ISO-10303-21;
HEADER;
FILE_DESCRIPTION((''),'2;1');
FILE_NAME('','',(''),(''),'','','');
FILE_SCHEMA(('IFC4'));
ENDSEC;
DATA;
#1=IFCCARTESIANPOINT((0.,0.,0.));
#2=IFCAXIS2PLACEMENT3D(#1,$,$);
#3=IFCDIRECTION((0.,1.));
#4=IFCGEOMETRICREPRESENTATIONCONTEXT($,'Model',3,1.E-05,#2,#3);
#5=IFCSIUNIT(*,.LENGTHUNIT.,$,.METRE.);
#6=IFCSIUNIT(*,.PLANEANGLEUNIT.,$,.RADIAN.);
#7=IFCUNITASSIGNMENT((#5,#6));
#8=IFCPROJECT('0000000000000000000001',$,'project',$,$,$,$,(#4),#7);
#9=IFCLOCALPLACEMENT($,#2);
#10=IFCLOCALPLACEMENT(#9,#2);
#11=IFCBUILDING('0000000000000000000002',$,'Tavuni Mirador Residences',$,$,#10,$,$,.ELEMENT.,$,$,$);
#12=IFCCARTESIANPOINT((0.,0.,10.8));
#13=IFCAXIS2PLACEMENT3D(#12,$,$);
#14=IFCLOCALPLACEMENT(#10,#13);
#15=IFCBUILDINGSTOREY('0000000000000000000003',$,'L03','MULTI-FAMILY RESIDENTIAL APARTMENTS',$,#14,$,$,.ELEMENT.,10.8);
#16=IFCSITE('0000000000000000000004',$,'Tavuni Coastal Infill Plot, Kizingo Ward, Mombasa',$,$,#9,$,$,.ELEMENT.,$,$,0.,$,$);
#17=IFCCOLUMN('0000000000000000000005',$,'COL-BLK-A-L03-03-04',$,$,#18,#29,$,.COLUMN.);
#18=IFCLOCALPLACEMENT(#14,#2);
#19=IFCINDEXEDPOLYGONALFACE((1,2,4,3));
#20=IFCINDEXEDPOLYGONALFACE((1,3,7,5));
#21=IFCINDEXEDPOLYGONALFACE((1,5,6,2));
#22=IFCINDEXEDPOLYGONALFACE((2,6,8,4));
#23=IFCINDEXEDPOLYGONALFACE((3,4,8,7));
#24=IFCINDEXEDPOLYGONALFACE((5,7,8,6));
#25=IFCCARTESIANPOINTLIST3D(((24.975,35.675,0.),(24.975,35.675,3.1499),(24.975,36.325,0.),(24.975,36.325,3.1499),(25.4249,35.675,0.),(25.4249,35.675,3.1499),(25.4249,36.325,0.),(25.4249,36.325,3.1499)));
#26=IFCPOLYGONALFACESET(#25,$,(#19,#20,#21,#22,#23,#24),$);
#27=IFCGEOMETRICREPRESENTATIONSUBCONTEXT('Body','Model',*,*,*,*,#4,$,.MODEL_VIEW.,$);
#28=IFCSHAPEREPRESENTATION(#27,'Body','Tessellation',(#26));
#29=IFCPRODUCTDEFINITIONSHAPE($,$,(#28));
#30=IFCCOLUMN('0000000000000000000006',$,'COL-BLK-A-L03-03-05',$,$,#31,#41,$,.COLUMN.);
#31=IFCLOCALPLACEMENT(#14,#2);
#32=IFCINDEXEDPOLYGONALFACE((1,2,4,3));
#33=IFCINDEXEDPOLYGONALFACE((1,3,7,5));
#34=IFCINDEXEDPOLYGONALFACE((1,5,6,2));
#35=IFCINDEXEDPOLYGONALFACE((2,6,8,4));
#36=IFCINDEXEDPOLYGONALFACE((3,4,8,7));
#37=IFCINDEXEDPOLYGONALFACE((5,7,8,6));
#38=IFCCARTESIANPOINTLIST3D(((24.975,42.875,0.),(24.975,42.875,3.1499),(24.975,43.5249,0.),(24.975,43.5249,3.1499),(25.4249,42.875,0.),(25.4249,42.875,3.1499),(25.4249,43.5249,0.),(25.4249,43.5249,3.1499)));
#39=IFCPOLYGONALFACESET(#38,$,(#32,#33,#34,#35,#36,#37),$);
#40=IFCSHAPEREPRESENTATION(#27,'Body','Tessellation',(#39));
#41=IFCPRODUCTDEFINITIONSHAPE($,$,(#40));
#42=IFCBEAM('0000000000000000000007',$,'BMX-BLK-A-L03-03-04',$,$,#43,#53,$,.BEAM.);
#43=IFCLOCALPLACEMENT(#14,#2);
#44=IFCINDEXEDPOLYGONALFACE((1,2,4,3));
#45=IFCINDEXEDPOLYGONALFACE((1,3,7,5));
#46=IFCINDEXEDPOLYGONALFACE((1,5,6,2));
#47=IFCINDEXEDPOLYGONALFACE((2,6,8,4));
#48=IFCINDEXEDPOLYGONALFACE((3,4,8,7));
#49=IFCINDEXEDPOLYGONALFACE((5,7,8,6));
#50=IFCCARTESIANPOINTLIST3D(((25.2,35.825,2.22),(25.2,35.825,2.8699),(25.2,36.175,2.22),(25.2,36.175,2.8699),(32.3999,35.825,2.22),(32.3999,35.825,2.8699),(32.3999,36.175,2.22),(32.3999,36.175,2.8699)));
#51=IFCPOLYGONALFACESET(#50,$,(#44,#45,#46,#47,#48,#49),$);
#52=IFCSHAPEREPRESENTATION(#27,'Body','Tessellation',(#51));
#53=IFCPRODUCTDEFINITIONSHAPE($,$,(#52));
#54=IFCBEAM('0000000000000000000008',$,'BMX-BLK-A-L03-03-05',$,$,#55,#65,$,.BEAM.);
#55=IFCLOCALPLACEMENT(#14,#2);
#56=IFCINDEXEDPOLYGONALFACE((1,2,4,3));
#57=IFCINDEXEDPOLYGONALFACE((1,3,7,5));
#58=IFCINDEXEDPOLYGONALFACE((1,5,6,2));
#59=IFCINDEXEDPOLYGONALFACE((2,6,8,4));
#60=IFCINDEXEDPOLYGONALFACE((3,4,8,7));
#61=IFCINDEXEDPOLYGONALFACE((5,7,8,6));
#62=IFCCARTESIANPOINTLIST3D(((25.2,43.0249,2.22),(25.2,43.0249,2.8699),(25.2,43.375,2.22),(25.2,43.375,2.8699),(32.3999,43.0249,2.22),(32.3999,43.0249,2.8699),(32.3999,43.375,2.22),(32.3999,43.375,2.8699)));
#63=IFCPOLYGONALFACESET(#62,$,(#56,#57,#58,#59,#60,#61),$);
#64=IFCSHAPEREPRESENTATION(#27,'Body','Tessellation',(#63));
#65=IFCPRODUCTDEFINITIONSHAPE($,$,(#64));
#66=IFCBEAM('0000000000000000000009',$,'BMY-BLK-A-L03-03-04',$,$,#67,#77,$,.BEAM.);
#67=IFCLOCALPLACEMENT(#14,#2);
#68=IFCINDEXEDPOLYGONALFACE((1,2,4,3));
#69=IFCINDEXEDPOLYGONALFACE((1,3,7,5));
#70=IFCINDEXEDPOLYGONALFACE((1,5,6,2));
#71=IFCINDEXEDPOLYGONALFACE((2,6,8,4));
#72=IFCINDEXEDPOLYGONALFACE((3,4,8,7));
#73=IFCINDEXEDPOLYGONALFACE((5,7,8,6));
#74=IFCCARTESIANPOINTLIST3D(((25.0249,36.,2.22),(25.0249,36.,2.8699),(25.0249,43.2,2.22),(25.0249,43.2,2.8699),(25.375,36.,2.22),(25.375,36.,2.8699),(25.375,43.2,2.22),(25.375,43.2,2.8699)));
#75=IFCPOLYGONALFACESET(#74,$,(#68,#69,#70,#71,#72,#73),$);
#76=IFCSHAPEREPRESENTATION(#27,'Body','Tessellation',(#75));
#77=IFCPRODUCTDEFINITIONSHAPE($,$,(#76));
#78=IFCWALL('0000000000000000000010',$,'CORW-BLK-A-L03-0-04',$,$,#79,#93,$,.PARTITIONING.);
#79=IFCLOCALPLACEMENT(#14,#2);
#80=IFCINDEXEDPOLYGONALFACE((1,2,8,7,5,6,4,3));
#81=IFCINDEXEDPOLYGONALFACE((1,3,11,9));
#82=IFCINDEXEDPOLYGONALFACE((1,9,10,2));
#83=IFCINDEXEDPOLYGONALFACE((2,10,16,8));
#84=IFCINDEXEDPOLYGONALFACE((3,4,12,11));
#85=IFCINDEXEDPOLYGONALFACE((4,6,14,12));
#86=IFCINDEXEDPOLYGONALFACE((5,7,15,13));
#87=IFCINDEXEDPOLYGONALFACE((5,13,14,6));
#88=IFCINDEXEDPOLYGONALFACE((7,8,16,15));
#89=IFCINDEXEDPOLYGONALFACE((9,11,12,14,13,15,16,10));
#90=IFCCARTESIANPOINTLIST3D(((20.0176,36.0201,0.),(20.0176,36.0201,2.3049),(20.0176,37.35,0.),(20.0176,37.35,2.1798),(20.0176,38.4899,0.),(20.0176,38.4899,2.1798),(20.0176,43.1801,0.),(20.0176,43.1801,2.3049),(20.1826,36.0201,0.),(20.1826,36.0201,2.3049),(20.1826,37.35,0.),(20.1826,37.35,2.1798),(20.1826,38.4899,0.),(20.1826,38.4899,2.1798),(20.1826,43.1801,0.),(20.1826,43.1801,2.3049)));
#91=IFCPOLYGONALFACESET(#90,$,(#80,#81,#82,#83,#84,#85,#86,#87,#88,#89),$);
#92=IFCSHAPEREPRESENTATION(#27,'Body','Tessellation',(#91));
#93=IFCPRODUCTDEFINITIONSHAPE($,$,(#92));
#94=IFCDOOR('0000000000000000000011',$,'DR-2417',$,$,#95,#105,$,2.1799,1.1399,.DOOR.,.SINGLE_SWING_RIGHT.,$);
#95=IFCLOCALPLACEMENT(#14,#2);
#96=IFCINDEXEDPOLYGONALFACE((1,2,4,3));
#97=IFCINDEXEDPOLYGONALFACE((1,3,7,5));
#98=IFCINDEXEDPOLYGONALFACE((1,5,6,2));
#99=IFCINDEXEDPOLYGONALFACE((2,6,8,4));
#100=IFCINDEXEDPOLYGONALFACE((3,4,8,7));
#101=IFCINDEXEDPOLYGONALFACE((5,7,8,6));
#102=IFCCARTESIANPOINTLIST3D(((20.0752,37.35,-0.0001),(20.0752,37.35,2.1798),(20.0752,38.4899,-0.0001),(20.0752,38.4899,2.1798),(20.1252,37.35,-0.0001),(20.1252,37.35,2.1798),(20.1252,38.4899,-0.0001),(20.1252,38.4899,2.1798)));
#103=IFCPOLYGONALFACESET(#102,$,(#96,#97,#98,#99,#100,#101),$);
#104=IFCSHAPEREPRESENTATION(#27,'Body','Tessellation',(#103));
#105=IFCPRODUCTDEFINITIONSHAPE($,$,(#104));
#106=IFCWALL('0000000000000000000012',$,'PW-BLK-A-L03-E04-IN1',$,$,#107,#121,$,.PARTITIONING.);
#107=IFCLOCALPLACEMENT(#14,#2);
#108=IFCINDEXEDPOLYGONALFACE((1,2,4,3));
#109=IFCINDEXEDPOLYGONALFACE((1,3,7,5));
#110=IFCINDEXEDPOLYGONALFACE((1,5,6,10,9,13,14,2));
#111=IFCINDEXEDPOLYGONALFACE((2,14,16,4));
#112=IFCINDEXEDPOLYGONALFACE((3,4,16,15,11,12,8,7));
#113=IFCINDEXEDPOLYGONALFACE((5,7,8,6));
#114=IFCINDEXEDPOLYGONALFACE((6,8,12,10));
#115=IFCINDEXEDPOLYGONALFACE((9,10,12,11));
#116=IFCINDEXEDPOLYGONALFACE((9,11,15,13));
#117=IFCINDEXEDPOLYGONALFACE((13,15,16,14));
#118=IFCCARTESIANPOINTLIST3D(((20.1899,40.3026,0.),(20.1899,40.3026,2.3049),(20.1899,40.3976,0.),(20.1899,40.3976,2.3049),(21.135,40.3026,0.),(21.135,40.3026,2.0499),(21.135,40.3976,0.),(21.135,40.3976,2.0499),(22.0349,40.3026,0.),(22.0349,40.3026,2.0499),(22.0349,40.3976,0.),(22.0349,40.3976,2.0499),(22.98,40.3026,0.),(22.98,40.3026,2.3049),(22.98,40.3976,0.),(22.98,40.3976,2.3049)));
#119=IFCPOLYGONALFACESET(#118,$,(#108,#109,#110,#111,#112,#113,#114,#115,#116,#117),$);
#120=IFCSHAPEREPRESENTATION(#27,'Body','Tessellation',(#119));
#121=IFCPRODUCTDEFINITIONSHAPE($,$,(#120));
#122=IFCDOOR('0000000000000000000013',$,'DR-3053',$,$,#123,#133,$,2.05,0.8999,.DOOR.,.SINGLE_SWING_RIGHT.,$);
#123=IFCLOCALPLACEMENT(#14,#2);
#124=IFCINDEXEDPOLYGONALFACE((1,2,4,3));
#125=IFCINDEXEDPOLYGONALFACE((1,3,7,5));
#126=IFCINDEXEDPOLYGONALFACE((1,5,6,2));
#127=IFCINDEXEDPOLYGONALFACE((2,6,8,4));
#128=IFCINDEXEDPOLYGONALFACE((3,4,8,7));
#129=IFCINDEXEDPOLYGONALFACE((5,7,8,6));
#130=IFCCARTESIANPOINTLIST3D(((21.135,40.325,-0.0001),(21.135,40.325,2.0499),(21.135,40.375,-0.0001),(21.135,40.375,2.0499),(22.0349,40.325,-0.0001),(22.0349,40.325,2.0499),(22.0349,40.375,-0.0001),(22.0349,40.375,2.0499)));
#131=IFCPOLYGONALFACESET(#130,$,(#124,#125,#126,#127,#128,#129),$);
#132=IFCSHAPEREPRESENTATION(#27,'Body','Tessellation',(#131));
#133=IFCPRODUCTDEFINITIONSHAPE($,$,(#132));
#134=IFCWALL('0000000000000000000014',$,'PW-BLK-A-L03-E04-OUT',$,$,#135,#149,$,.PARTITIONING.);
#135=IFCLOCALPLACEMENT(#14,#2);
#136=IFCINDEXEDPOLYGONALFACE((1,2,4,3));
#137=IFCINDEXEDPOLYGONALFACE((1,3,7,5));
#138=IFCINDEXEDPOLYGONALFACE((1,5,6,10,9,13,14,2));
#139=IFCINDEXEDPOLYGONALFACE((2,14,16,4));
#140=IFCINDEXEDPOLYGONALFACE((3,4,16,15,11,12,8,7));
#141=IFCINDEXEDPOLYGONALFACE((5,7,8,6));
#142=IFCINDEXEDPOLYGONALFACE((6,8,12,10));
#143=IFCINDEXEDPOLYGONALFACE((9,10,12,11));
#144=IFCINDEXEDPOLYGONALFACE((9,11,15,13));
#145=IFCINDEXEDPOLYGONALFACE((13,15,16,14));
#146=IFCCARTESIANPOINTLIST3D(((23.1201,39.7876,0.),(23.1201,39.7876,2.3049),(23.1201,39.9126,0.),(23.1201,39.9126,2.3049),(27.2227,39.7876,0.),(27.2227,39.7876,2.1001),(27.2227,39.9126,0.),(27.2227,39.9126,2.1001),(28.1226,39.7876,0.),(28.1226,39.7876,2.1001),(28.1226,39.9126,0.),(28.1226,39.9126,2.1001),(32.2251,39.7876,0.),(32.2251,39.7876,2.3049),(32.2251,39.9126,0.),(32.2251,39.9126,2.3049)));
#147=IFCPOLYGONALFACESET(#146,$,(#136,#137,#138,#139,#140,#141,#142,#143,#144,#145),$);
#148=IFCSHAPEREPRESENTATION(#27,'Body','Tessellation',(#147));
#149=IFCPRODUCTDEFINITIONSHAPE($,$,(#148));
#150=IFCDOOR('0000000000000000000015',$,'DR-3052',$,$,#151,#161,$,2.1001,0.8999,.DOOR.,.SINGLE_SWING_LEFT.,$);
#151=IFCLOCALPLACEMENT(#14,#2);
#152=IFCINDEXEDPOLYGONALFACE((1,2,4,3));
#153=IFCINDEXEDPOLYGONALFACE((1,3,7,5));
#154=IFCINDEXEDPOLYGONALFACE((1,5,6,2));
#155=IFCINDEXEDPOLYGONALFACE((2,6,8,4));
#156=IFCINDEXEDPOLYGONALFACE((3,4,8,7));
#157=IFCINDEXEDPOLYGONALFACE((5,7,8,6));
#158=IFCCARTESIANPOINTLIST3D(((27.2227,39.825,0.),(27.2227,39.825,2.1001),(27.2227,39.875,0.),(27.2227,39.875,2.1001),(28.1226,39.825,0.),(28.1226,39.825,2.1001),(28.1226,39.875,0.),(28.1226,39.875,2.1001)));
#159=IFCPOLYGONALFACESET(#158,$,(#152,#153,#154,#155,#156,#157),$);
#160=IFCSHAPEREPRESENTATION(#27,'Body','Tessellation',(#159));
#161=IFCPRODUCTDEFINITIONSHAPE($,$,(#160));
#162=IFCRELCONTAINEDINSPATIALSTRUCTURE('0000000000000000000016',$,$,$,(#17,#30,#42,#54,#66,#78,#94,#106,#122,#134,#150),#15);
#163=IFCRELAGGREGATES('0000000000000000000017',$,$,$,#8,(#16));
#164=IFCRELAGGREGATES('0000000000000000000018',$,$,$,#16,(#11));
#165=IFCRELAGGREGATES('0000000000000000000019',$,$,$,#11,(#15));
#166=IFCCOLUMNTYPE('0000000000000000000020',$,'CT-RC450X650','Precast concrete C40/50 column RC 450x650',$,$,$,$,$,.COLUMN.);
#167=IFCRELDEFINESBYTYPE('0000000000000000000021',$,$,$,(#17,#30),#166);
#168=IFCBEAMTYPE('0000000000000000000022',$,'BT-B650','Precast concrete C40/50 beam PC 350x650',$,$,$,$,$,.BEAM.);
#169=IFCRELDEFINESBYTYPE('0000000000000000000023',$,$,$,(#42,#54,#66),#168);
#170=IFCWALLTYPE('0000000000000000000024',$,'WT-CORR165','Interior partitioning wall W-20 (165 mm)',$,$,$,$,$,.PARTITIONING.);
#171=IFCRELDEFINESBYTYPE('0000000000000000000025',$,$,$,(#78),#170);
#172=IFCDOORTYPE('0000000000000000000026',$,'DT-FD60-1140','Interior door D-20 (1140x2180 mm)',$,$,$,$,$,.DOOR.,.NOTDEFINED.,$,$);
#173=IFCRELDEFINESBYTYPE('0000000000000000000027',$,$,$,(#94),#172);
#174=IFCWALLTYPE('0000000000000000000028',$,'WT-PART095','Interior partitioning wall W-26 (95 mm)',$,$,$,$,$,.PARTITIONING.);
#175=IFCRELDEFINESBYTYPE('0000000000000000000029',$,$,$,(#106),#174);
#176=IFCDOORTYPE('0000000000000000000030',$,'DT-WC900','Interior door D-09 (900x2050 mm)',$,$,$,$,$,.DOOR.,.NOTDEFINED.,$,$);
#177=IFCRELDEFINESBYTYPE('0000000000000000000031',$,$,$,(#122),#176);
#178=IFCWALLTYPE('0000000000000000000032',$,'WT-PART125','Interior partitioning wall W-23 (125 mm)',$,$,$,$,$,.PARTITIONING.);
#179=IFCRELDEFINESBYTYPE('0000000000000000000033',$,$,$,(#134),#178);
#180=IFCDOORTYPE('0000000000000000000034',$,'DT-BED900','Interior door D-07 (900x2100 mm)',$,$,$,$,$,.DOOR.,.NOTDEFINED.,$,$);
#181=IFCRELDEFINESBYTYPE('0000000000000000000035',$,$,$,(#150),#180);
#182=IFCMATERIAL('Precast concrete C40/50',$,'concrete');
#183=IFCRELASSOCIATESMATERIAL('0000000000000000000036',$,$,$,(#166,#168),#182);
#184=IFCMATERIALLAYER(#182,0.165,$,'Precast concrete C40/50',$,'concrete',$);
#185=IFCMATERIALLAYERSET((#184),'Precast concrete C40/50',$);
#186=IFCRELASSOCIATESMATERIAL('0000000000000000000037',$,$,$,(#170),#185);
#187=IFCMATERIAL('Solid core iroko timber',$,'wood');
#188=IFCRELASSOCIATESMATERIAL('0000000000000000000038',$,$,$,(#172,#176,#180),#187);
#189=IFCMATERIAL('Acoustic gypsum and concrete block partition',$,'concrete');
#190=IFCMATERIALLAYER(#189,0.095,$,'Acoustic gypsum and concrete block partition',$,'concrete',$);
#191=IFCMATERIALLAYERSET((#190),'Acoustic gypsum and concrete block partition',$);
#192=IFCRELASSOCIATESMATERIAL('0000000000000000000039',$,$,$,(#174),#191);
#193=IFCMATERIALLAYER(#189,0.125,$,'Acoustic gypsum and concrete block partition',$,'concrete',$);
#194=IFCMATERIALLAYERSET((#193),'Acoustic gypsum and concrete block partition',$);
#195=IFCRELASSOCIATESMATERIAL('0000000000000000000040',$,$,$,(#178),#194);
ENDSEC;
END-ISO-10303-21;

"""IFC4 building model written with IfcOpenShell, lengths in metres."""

from ifc_helpers import new_model, si_unit, direction, frame, frame_2d, origin, origin_2d, place, context, subcontext, project, spatial, rectangle, extrude, material, layer, layer_set, material_profile, profile_set, type_object, element, fill, save


model = new_model("IFC4")

# Units and contexts
model_context = context("Model", 3, precision=1e-05, world=origin(), true_north=direction((0.0, 1.0)))
body_context = subcontext(model_context, "Body", "Model", "MODEL_VIEW")
ifc_project = project(units=[si_unit("LENGTHUNIT", "METRE"), si_unit("PLANEANGLEUNIT", "RADIAN")], contexts=[model_context])

# Site, building, storey
site_placement = place(None, origin())
site = spatial("IfcSite", under=ifc_project, at=site_placement, Name="Tavuni Coastal Infill Plot, Kizingo Ward, Mombasa", CompositionType="ELEMENT", RefElevation=0.0)
building_placement = place(site_placement, origin())
building = spatial("IfcBuilding", under=site, at=building_placement, Name="Tavuni Mirador Residences", CompositionType="ELEMENT")
storey_placement = place(building_placement, frame((0.0, 0.0, 10.8)))
storey = spatial("IfcBuildingStorey", under=building, at=storey_placement, Name="L03", Description="MULTI-FAMILY RESIDENTIAL APARTMENTS", CompositionType="ELEMENT", Elevation=10.8)

# Columns
ifc_material_1 = material(Name="Precast concrete C40/50", Category="concrete")
ifc_material_profile_1 = material_profile(ifc_material_1, rectangle(XDim=0.45, YDim=0.6499, at=origin_2d()), Name="RC 450x650", Category="concrete")
ifc_profile_set_1 = profile_set([ifc_material_profile_1], Name="Precast concrete C40/50")
column_type = type_object("IfcColumnType", Name="CT-RC450X650", Description="Precast concrete C40/50 column RC 450x650", PredefinedType="COLUMN", material=ifc_profile_set_1)
for number, where, z_axis, x_axis, name in (
    (1, (25.2, 36.0, 0.0), (0.0, 0.0, 1.0), (1.0, 0.0, 0.0), "COL-BLK-A-L03-03-04"),
    (2, (25.2, 43.2, 0.0), (0.0, 0.0, 1.0), (1.0, 0.0, 0.0), "COL-BLK-A-L03-03-05"),
):
    element("IfcColumn", number, at=place(storey_placement, frame(where, z_axis=z_axis, x_axis=x_axis)), inside=storey, type_object=column_type, Name=name, PredefinedType="COLUMN", context=body_context, shape_type="SweptSolid", body=[
        extrude(rectangle(XDim=0.45, YDim=0.6499, at=origin_2d()), origin(), (0.0, 0.0, 1.0), 3.1499),
    ])

# Beams
ifc_material_profile_2 = material_profile(ifc_material_1, rectangle(XDim=0.3501, YDim=0.6499, at=origin_2d()), Name="PC 350x650", Category="concrete")
ifc_profile_set_2 = profile_set([ifc_material_profile_2], Name="Precast concrete C40/50")
beam_type = type_object("IfcBeamType", Name="BT-B650", Description="Precast concrete C40/50 beam PC 350x650", PredefinedType="BEAM", material=ifc_profile_set_2)
for number, where, z_axis, x_axis, name in (
    (3, (25.2, 36.0, 2.5449), (1.0, 0.0, 0.0), (0.0, 1.0, 0.0), "BMX-BLK-A-L03-03-04"),
    (4, (25.2, 43.2, 2.5449), (1.0, 0.0, 0.0), (0.0, 1.0, 0.0), "BMX-BLK-A-L03-03-05"),
    (5, (25.2, 36.0, 2.5449), (0.0, 1.0, 0.0), (-1.0, 0.0, 0.0), "BMY-BLK-A-L03-03-04"),
):
    element("IfcBeam", number, at=place(storey_placement, frame(where, z_axis=z_axis, x_axis=x_axis)), inside=storey, type_object=beam_type, Name=name, PredefinedType="BEAM", context=body_context, shape_type="SweptSolid", body=[
        extrude(rectangle(XDim=0.3501, YDim=0.6499, at=origin_2d()), origin(), (0.0, 0.0, 1.0), 7.2),
    ])

# Walls, openings, doors
ifc_layer_1 = layer(ifc_material_1, 0.165, Name="Precast concrete C40/50", Category="concrete")
ifc_layer_set_1 = layer_set([ifc_layer_1], Name="Precast concrete C40/50")
wall_type_1 = type_object("IfcWallType", Name="WT-CORR165", Description="Interior partitioning wall W-20 (165 mm)", PredefinedType="PARTITIONING", material=ifc_layer_set_1)
wall_1_placement = place(storey_placement, frame((20.1001, 36.02, 0.0), z_axis=(0.0, 0.0, 1.0), x_axis=(0.0, 1.0, 0.0)))
wall_1 = element("IfcWall", 6, at=wall_1_placement, inside=storey, type_object=wall_type_1, Name="CORW-BLK-A-L03-0-04", PredefinedType="PARTITIONING", context=body_context, shape_type="SweptSolid", body=[
    extrude(rectangle(XDim=7.1599, YDim=0.165, at=frame_2d((3.5801, 0.0))), origin(), (0.0, 0.0, 1.0), 2.3049),
])
opening_1_placement = place(wall_1_placement, frame((1.3301, 0.0, 0.0)))
opening_1 = element("IfcOpeningElement", 7, at=opening_1_placement, cuts=wall_1, PredefinedType="OPENING", context=body_context, shape_type="SweptSolid", body=[
    extrude(rectangle(XDim=1.1399, YDim=2.1799, at=frame_2d((0.5698, 1.0898))), frame((0.0, 0.0925, 0.0), z_axis=(0.0, -1.0, 0.0), x_axis=(1.0, 0.0, 0.0)), (0.0, 0.0, 1.0), 0.1851),
])
ifc_material_2 = material(Name="Solid core iroko timber", Category="wood")
door_type_1 = type_object("IfcDoorType", Name="DT-FD60-1140", Description="Interior door D-20 (1140x2180 mm)", OperationType="NOTDEFINED", PredefinedType="DOOR", material=ifc_material_2)
door_1_placement = place(opening_1_placement, origin())
door_1 = element("IfcDoor", 8, at=door_1_placement, inside=storey, type_object=door_type_1, Name="DR-2417", OperationType="SINGLE_SWING_RIGHT", OverallHeight=2.1799, OverallWidth=1.1399, PredefinedType="DOOR", context=body_context, shape_type="SweptSolid", body=[
    extrude(rectangle(XDim=1.1399, YDim=2.1799, at=frame_2d((0.5698, 1.0898))), frame((0.0, 0.0249, 0.0), z_axis=(0.0, -1.0, 0.0), x_axis=(1.0, 0.0, 0.0)), (0.0, 0.0, 1.0), 0.05),
])
fill(opening_1, door_1)
ifc_material_3 = material(Name="Acoustic gypsum and concrete block partition", Category="concrete")
ifc_layer_2 = layer(ifc_material_3, 0.095, Name="Acoustic gypsum and concrete block partition", Category="concrete")
ifc_layer_set_2 = layer_set([ifc_layer_2], Name="Acoustic gypsum and concrete block partition")
wall_type_2 = type_object("IfcWallType", Name="WT-PART095", Description="Interior partitioning wall W-26 (95 mm)", PredefinedType="PARTITIONING", material=ifc_layer_set_2)
wall_2_placement = place(storey_placement, frame((20.1899, 40.3501, 0.0), z_axis=(0.0, 0.0, 1.0), x_axis=(1.0, 0.0, 0.0)))
wall_2 = element("IfcWall", 9, at=wall_2_placement, inside=storey, type_object=wall_type_2, Name="PW-BLK-A-L03-E04-IN1", PredefinedType="PARTITIONING", context=body_context, shape_type="SweptSolid", body=[
    extrude(rectangle(XDim=2.79, YDim=0.095, at=frame_2d((1.395, 0.0))), origin(), (0.0, 0.0, 1.0), 2.3049),
])
opening_2_placement = place(wall_2_placement, frame((0.9451, 0.0, 0.0)))
opening_2 = element("IfcOpeningElement", 10, at=opening_2_placement, cuts=wall_2, PredefinedType="OPENING", context=body_context, shape_type="SweptSolid", body=[
    extrude(rectangle(XDim=0.8999, YDim=2.05, at=frame_2d((0.45, 1.0249))), frame((0.0, 0.0576, 0.0), z_axis=(0.0, -1.0, 0.0), x_axis=(1.0, 0.0, 0.0)), (0.0, 0.0, 1.0), 0.115),
])
door_type_2 = type_object("IfcDoorType", Name="DT-WC900", Description="Interior door D-09 (900x2050 mm)", OperationType="NOTDEFINED", PredefinedType="DOOR", material=ifc_material_2)
door_2_placement = place(opening_2_placement, origin())
door_2 = element("IfcDoor", 11, at=door_2_placement, inside=storey, type_object=door_type_2, Name="DR-3053", OperationType="SINGLE_SWING_RIGHT", OverallHeight=2.05, OverallWidth=0.8999, PredefinedType="DOOR", context=body_context, shape_type="SweptSolid", body=[
    extrude(rectangle(XDim=0.8999, YDim=2.05, at=frame_2d((0.45, 1.0249))), frame((0.0, 0.0249, 0.0), z_axis=(0.0, -1.0, 0.0), x_axis=(1.0, 0.0, 0.0)), (0.0, 0.0, 1.0), 0.05),
])
fill(opening_2, door_2)
ifc_layer_3 = layer(ifc_material_3, 0.125, Name="Acoustic gypsum and concrete block partition", Category="concrete")
ifc_layer_set_3 = layer_set([ifc_layer_3], Name="Acoustic gypsum and concrete block partition")
wall_type_3 = type_object("IfcWallType", Name="WT-PART125", Description="Interior partitioning wall W-23 (125 mm)", PredefinedType="PARTITIONING", material=ifc_layer_set_3)
wall_3_placement = place(storey_placement, frame((23.1201, 39.8501, 0.0), z_axis=(0.0, 0.0, 1.0), x_axis=(1.0, 0.0, 0.0)))
wall_3 = element("IfcWall", 12, at=wall_3_placement, inside=storey, type_object=wall_type_3, Name="PW-BLK-A-L03-E04-OUT", PredefinedType="PARTITIONING", context=body_context, shape_type="SweptSolid", body=[
    extrude(rectangle(XDim=9.105, YDim=0.125, at=frame_2d((4.5525, 0.0))), origin(), (0.0, 0.0, 1.0), 2.3049),
])
opening_3_placement = place(wall_3_placement, frame((4.1025, 0.0, 0.0)))
opening_3 = element("IfcOpeningElement", 13, at=opening_3_placement, cuts=wall_3, PredefinedType="OPENING", context=body_context, shape_type="SweptSolid", body=[
    extrude(rectangle(XDim=0.8999, YDim=2.1001, at=frame_2d((0.45, 1.05))), frame((0.0, 0.0725, 0.0), z_axis=(0.0, -1.0, 0.0), x_axis=(1.0, 0.0, 0.0)), (0.0, 0.0, 1.0), 0.145),
])
door_type_3 = type_object("IfcDoorType", Name="DT-BED900", Description="Interior door D-07 (900x2100 mm)", OperationType="NOTDEFINED", PredefinedType="DOOR", material=ifc_material_2)
door_3_placement = place(opening_3_placement, origin())
door_3 = element("IfcDoor", 14, at=door_3_placement, inside=storey, type_object=door_type_3, Name="DR-3052", OperationType="SINGLE_SWING_LEFT", OverallHeight=2.1001, OverallWidth=0.8999, PredefinedType="DOOR", context=body_context, shape_type="SweptSolid", body=[
    extrude(rectangle(XDim=0.8999, YDim=2.1001, at=frame_2d((0.45, 1.05))), frame((0.0, 0.0249, 0.0), z_axis=(0.0, -1.0, 0.0), x_axis=(1.0, 0.0, 0.0)), (0.0, 0.0, 1.0), 0.05),
])
fill(opening_3, door_3)

save(model, "model.ifc")
